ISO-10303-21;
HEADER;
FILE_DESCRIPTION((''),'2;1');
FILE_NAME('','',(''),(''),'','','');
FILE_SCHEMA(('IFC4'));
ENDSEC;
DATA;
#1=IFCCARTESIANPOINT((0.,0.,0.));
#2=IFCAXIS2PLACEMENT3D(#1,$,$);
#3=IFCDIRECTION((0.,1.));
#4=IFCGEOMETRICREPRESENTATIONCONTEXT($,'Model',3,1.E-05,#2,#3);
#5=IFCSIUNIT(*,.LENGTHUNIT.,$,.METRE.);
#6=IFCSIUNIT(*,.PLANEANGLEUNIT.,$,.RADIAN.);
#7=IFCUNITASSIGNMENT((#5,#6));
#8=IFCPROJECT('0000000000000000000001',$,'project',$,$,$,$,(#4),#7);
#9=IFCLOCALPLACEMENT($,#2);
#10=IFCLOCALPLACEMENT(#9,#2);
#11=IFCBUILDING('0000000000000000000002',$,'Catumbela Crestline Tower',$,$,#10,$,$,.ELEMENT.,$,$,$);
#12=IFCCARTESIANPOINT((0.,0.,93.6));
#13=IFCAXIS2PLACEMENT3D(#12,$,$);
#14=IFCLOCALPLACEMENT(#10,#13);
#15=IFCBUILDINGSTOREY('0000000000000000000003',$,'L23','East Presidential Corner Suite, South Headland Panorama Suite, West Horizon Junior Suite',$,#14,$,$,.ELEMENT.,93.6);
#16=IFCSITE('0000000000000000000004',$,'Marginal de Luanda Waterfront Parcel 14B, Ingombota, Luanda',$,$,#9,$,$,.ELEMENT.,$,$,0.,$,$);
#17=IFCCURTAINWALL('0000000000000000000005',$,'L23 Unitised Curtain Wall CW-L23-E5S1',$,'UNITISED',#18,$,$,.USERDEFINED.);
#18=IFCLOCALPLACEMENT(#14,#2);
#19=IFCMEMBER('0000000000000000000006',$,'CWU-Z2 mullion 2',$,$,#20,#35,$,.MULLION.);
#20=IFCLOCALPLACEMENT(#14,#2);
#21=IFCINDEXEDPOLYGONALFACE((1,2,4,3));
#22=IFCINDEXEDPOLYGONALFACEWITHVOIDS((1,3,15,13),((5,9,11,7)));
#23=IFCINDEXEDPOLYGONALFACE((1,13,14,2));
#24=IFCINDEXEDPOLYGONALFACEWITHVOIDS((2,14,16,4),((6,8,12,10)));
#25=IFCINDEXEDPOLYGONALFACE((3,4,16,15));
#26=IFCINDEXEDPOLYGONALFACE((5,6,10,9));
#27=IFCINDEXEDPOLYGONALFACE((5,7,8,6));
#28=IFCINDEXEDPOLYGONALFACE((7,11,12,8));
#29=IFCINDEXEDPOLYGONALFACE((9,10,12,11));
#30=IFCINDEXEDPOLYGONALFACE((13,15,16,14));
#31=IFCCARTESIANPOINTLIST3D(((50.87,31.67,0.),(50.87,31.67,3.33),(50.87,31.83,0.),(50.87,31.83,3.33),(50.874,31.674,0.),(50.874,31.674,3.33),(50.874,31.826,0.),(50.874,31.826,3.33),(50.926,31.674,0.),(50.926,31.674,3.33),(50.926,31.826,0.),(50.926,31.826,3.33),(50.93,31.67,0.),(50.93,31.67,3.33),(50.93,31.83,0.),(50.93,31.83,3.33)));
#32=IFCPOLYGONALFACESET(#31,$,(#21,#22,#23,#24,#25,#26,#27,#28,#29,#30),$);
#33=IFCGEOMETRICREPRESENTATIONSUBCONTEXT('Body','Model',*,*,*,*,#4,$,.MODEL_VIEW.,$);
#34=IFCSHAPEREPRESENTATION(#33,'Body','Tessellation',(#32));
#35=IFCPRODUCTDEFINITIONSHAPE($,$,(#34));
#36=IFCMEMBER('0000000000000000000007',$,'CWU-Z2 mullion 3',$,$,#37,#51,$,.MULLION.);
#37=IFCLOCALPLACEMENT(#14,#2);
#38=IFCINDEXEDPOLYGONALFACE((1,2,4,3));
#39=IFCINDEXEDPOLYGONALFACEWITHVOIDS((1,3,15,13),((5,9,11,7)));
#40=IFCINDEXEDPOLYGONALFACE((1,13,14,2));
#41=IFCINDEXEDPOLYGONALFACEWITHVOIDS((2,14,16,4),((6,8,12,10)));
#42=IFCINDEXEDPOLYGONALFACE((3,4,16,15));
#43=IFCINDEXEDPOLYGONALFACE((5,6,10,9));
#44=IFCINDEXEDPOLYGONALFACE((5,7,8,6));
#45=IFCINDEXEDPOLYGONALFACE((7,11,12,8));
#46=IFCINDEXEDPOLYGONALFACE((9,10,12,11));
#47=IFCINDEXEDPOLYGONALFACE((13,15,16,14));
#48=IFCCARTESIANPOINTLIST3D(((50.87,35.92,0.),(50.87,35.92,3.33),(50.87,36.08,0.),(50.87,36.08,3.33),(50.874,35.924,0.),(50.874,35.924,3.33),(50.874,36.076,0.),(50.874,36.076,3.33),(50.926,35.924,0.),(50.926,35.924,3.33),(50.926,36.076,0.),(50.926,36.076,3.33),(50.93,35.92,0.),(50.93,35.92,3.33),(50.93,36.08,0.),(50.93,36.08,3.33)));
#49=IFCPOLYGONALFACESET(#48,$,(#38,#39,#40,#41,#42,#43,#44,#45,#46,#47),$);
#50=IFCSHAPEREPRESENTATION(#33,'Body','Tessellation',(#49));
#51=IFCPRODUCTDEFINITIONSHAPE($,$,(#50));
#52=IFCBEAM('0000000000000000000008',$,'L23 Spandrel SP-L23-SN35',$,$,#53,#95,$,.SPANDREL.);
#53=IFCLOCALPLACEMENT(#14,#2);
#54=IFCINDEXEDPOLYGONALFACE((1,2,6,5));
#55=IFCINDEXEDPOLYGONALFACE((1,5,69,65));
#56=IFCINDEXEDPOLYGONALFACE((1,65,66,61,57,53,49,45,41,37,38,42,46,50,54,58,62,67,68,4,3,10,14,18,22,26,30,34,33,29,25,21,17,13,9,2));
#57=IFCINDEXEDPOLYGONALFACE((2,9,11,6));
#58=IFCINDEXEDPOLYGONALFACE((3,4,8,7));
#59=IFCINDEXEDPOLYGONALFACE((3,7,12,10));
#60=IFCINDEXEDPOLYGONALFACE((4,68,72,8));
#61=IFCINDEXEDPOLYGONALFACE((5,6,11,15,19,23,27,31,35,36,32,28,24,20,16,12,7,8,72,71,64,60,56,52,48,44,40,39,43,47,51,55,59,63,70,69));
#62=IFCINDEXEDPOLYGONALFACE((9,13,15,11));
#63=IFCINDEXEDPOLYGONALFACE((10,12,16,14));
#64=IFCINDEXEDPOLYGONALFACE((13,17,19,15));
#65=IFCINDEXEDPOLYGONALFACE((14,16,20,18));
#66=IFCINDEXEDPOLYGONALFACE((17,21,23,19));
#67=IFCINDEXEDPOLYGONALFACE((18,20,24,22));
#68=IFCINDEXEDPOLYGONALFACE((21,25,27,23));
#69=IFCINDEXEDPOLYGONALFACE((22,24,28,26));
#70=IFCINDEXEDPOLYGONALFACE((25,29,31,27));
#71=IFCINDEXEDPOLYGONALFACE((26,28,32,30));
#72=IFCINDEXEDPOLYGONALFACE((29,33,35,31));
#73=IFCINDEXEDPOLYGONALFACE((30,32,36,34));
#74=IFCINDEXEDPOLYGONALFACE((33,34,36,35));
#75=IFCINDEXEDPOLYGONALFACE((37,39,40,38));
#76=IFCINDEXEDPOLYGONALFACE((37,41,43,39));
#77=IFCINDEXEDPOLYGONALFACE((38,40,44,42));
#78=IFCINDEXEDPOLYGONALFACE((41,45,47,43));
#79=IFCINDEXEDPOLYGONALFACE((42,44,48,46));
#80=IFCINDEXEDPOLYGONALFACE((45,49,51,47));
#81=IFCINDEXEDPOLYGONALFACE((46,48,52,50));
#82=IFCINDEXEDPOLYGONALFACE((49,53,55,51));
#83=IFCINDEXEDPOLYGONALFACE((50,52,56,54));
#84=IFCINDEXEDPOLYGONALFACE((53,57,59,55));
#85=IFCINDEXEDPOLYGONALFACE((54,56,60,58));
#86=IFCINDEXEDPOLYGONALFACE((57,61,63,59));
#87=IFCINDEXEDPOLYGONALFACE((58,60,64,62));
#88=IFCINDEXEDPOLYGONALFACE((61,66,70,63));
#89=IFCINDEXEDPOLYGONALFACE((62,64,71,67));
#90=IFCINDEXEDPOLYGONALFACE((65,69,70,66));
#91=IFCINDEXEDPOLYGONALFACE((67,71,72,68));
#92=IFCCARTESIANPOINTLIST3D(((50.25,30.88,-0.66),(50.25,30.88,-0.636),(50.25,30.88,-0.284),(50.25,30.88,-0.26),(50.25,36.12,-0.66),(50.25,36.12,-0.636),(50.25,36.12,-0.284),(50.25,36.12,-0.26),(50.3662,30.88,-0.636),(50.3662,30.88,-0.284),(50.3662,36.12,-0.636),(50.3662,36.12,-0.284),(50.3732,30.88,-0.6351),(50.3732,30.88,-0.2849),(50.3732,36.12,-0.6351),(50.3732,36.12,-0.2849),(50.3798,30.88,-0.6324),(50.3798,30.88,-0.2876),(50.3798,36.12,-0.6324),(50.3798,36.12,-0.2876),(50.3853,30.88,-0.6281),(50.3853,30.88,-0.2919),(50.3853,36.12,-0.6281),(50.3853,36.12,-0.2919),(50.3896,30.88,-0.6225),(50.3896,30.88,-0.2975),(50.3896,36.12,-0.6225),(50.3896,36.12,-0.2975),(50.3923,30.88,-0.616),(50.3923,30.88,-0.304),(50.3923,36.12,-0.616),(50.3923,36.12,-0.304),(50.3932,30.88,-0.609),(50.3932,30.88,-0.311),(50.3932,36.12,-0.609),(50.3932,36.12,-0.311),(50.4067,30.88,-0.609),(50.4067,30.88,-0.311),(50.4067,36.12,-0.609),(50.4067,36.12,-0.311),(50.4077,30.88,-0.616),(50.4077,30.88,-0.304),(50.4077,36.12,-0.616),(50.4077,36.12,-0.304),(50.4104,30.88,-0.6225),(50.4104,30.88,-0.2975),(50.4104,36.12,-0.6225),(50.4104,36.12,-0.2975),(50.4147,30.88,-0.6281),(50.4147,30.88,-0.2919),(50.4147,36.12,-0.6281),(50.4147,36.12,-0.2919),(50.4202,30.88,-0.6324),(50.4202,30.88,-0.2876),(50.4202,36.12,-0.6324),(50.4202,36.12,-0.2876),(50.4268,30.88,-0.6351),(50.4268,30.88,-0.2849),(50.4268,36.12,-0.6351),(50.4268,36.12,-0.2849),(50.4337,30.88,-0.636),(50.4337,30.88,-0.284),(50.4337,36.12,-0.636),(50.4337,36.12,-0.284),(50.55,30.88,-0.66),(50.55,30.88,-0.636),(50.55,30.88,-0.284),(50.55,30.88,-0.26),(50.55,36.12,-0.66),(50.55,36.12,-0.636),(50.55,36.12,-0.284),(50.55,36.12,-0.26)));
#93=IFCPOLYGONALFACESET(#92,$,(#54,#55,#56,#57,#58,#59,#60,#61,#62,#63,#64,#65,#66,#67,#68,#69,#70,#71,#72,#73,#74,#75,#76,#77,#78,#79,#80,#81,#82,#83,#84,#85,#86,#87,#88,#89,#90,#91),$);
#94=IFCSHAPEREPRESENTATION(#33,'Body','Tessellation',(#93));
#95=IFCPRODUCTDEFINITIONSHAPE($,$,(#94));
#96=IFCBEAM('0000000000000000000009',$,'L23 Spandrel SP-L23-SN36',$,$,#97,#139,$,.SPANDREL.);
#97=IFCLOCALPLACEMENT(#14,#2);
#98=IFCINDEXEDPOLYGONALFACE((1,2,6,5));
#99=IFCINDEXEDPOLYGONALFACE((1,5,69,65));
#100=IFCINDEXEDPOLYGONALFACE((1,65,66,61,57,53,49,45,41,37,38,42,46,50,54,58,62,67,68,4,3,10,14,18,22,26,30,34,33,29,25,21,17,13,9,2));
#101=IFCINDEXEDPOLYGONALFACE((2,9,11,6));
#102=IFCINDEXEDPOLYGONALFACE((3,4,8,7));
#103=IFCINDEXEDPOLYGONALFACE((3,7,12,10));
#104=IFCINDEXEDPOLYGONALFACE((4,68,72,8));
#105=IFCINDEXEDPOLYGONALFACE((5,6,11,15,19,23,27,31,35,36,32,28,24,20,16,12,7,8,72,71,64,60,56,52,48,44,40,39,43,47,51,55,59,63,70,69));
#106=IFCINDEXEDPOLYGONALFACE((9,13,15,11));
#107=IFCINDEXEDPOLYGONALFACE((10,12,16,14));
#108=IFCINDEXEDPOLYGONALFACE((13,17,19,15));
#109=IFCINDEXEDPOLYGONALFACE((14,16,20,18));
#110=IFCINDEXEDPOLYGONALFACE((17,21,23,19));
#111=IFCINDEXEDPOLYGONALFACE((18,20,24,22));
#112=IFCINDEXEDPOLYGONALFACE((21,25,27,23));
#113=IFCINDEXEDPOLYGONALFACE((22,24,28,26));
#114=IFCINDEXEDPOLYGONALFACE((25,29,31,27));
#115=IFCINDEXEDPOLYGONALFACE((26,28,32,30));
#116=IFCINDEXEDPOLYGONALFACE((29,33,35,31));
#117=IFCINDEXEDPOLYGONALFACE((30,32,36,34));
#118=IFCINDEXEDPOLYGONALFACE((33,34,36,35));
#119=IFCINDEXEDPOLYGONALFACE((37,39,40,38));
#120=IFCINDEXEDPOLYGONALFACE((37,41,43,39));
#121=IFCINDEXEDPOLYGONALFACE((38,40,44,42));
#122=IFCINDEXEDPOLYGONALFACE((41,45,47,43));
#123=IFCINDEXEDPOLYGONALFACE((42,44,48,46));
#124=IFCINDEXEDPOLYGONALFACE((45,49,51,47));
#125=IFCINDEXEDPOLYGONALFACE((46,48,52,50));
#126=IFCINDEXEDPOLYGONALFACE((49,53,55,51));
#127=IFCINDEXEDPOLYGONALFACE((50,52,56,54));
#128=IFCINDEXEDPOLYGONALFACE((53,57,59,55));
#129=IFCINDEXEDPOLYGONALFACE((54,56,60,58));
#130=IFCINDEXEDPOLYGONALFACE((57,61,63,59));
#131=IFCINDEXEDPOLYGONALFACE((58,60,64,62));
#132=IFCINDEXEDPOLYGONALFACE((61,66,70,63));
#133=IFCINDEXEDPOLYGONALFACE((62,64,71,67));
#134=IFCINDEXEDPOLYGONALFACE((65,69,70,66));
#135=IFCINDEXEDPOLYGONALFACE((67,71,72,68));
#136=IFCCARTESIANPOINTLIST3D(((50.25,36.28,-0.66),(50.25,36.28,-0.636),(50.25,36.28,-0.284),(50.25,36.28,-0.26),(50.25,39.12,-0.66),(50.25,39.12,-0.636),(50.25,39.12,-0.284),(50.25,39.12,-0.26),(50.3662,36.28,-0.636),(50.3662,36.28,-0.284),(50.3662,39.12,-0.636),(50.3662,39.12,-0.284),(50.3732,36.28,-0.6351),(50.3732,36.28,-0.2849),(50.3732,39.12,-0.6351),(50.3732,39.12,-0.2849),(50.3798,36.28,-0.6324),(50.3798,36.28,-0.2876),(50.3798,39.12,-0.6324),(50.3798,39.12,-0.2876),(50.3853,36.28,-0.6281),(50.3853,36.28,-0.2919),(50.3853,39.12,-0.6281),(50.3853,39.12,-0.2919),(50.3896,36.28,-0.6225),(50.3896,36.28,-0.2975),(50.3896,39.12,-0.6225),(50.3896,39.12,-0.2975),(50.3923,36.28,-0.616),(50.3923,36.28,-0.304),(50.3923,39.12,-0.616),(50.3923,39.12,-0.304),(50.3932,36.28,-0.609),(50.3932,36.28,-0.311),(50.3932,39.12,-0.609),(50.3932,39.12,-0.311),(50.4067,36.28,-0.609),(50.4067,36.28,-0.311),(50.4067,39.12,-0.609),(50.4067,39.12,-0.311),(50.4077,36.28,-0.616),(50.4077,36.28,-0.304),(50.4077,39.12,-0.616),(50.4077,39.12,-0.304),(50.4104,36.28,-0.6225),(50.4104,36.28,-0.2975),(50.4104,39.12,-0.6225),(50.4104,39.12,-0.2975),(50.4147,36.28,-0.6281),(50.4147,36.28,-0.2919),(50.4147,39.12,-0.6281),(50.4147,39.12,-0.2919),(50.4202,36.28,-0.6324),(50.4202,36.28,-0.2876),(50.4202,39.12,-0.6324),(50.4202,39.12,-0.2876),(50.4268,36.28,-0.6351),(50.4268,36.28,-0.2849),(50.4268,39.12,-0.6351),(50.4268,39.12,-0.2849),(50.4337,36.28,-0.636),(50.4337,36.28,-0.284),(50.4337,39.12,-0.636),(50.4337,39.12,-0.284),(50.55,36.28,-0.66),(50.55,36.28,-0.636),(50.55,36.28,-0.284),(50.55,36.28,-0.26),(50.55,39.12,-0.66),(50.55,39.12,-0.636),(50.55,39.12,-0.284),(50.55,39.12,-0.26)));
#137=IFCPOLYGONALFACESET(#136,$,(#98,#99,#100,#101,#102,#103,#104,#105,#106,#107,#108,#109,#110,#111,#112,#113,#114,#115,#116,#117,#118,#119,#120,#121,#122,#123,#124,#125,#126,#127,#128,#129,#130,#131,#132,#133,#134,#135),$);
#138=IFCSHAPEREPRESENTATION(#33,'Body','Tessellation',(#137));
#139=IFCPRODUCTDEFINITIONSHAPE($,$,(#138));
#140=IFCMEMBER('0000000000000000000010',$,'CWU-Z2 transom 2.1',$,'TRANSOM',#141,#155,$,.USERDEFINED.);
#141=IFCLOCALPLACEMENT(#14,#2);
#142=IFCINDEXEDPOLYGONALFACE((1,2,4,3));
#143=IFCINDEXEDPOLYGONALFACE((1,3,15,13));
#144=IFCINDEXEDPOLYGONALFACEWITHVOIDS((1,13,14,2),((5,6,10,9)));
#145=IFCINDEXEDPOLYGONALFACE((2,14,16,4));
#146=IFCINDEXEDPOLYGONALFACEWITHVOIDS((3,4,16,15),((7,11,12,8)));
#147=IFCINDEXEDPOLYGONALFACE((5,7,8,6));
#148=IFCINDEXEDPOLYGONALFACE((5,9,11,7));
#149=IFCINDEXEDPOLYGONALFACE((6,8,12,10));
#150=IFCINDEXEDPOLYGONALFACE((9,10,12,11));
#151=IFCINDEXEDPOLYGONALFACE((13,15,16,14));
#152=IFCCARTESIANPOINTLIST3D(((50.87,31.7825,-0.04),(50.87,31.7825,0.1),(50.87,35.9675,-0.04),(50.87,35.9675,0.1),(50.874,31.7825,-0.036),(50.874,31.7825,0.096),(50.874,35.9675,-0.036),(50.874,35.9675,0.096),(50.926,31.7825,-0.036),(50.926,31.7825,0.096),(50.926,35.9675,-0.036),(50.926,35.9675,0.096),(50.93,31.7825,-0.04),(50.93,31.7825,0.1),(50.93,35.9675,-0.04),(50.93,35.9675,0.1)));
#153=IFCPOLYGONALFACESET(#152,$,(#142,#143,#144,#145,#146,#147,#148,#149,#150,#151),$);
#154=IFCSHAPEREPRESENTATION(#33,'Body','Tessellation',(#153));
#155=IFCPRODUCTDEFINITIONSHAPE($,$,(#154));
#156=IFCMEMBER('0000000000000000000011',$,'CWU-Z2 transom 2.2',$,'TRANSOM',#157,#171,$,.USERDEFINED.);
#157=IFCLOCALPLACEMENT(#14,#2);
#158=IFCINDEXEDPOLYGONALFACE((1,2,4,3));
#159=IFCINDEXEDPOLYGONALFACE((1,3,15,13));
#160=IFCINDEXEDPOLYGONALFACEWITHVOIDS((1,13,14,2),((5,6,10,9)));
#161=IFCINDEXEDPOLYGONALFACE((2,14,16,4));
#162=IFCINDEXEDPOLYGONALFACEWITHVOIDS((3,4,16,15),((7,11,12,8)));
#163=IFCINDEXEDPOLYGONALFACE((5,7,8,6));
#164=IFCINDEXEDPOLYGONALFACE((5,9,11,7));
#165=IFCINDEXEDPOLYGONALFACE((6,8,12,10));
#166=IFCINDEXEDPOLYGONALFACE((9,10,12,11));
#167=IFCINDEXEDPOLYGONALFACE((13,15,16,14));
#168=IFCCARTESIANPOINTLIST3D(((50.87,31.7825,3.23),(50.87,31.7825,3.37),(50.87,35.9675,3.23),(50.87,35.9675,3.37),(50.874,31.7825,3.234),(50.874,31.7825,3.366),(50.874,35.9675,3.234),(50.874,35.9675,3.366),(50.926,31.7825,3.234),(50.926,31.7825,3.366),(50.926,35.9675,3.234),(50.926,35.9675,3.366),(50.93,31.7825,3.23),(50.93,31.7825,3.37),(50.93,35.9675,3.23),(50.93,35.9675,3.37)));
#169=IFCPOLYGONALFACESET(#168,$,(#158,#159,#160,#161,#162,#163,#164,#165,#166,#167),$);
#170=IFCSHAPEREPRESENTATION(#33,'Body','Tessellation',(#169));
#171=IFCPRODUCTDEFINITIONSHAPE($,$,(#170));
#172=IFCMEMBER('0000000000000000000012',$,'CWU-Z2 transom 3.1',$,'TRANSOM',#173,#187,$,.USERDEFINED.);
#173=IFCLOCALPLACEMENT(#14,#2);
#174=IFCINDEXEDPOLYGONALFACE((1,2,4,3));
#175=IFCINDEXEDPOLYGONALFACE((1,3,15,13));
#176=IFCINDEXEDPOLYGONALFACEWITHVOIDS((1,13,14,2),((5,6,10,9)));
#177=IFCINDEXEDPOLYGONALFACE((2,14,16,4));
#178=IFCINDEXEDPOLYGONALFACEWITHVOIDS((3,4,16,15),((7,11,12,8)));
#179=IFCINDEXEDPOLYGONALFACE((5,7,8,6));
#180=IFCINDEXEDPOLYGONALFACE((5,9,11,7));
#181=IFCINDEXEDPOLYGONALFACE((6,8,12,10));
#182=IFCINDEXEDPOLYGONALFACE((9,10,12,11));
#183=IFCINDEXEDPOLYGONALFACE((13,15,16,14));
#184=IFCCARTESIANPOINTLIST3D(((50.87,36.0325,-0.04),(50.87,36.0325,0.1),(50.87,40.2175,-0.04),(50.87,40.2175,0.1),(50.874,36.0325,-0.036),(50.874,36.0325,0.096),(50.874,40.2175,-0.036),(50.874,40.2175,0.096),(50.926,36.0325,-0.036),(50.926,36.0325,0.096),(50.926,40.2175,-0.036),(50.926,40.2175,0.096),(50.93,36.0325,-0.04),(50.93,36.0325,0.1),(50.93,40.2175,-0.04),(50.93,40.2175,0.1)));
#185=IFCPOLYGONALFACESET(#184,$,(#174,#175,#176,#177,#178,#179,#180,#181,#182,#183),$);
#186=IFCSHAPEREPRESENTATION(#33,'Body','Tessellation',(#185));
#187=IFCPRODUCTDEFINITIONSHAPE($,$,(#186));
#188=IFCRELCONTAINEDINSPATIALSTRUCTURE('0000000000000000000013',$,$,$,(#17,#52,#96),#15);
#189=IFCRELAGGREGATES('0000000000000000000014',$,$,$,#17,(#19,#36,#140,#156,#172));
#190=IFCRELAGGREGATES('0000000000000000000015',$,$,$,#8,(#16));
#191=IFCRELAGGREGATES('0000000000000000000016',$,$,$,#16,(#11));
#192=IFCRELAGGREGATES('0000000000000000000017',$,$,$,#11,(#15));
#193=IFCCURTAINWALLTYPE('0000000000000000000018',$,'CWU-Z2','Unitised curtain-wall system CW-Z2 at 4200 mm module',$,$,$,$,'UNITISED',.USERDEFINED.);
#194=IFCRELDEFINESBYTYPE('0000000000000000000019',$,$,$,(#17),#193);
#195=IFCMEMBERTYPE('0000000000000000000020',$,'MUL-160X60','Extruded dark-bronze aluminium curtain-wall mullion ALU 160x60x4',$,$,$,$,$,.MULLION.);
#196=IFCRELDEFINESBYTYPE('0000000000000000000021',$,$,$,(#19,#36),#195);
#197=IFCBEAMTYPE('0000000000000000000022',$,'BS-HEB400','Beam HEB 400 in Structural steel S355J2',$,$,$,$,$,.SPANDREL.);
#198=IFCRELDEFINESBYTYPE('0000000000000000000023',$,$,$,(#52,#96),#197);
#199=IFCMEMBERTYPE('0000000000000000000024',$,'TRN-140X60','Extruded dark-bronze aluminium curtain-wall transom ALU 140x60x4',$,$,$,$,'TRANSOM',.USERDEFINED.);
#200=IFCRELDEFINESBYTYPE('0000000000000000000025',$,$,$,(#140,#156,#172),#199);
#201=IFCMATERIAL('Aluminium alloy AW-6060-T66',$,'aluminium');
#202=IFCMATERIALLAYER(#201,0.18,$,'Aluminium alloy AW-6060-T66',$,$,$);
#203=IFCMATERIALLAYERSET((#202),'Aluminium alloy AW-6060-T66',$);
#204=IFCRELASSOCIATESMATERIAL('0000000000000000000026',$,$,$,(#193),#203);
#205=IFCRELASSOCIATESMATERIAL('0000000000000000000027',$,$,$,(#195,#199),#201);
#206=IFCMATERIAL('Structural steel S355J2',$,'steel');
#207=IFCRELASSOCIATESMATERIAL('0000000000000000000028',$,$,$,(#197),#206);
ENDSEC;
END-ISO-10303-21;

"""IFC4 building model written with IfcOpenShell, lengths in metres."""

from ifc_helpers import new_model, si_unit, direction, frame, origin, origin_2d, place, context, subcontext, project, spatial, hollow_rectangle, i_section, extrude, material, layer, layer_set, material_profile, profile_set, type_object, element, aggregate, save


model = new_model("IFC4")

# Units and contexts
model_context = context("Model", 3, precision=1e-05, world=origin(), true_north=direction((0.0, 1.0)))
body_context = subcontext(model_context, "Body", "Model", "MODEL_VIEW")
ifc_project = project(units=[si_unit("LENGTHUNIT", "METRE"), si_unit("PLANEANGLEUNIT", "RADIAN")], contexts=[model_context])

# Site, building, storey
site_placement = place(None, origin())
site = spatial("IfcSite", under=ifc_project, at=site_placement, Name="Marginal de Luanda Waterfront Parcel 14B, Ingombota, Luanda", CompositionType="ELEMENT", RefElevation=0.0)
building_placement = place(site_placement, origin())
building = spatial("IfcBuilding", under=site, at=building_placement, Name="Catumbela Crestline Tower", CompositionType="ELEMENT")
storey_placement = place(building_placement, frame((0.0, 0.0, 93.6)))
storey = spatial("IfcBuildingStorey", under=building, at=storey_placement, Name="L23", Description="East Presidential Corner Suite, South Headland Panorama Suite, West Horizon Junior Suite", CompositionType="ELEMENT", Elevation=93.6)

# Shared definitions
ifc_material_1 = material(Name="Structural steel S355J2", Category="steel")

# Curtain wall, members
ifc_material_2 = material(Name="Aluminium alloy AW-6060-T66", Category="aluminium")
ifc_layer_1 = layer(ifc_material_2, 0.18, Name="Aluminium alloy AW-6060-T66")
ifc_layer_set_1 = layer_set([ifc_layer_1], Name="Aluminium alloy AW-6060-T66")
curtain_wall_type = type_object("IfcCurtainWallType", Name="CWU-Z2", Description="Unitised curtain-wall system CW-Z2 at 4200 mm module", ElementType="UNITISED", PredefinedType="USERDEFINED", material=ifc_layer_set_1)
curtain_wall_placement = place(storey_placement, origin())
curtain_wall = element("IfcCurtainWall", 1, at=curtain_wall_placement, inside=storey, type_object=curtain_wall_type, Name="L23 Unitised Curtain Wall CW-L23-E5S1", ObjectType="UNITISED", PredefinedType="USERDEFINED")
ifc_material_profile_1 = material_profile(ifc_material_2, hollow_rectangle(XDim=0.06, YDim=0.16, WallThickness=0.004, at=origin_2d()), Name="ALU 160x60x4")
ifc_profile_set_1 = profile_set([ifc_material_profile_1], Name="Aluminium alloy AW-6060-T66")
member_type_1 = type_object("IfcMemberType", Name="MUL-160X60", Description="Extruded dark-bronze aluminium curtain-wall mullion ALU 160x60x4", PredefinedType="MULLION", material=ifc_profile_set_1)
member_1_placement = place(storey_placement, frame((50.9, 31.75, 0.0), z_axis=(0.0, 0.0, 1.0), x_axis=(-1.0, 0.0, 0.0)))
member_1 = element("IfcMember", 2, at=member_1_placement, type_object=member_type_1, Name="CWU-Z2 mullion 2", PredefinedType="MULLION", context=body_context, shape_type="SweptSolid", body=[
    extrude(hollow_rectangle(XDim=0.06, YDim=0.16, WallThickness=0.004, at=origin_2d()), origin(), (0.0, 0.0, 1.0), 3.33),
])
member_2_placement = place(storey_placement, frame((50.9, 36.0, 0.0), z_axis=(0.0, 0.0, 1.0), x_axis=(-1.0, 0.0, 0.0)))
member_2 = element("IfcMember", 3, at=member_2_placement, type_object=member_type_1, Name="CWU-Z2 mullion 3", PredefinedType="MULLION", context=body_context, shape_type="SweptSolid", body=[
    extrude(hollow_rectangle(XDim=0.06, YDim=0.16, WallThickness=0.004, at=origin_2d()), origin(), (0.0, 0.0, 1.0), 3.33),
])

# Beams
ifc_material_profile_2 = material_profile(ifc_material_1, i_section(OverallWidth=0.3, OverallDepth=0.4, WebThickness=0.0135, FlangeThickness=0.024, FilletRadius=0.027, at=origin_2d()), Name="HEB 400")
ifc_profile_set_2 = profile_set([ifc_material_profile_2], Name="Structural steel S355J2")
beam_type_1 = type_object("IfcBeamType", Name="BS-HEB400", Description="Beam HEB 400 in Structural steel S355J2", PredefinedType="SPANDREL", material=ifc_profile_set_2)
beam_1_placement = place(storey_placement, frame((50.4, 30.88, -0.46), z_axis=(0.0, 1.0, 0.0), x_axis=(-1.0, 0.0, 0.0)))
element("IfcBeam", 4, at=beam_1_placement, inside=storey, type_object=beam_type_1, Name="L23 Spandrel SP-L23-SN35", PredefinedType="SPANDREL", context=body_context, shape_type="SweptSolid", body=[
    extrude(i_section(OverallWidth=0.3, OverallDepth=0.4, WebThickness=0.0135, FlangeThickness=0.024, FilletRadius=0.027, at=origin_2d()), origin(), (0.0, 0.0, 1.0), 5.24),
])
beam_2_placement = place(storey_placement, frame((50.4, 36.28, -0.46), z_axis=(0.0, 1.0, 0.0), x_axis=(-1.0, 0.0, 0.0)))
element("IfcBeam", 5, at=beam_2_placement, inside=storey, type_object=beam_type_1, Name="L23 Spandrel SP-L23-SN36", PredefinedType="SPANDREL", context=body_context, shape_type="SweptSolid", body=[
    extrude(i_section(OverallWidth=0.3, OverallDepth=0.4, WebThickness=0.0135, FlangeThickness=0.024, FilletRadius=0.027, at=origin_2d()), origin(), (0.0, 0.0, 1.0), 2.84),
])

# Members
ifc_material_profile_3 = material_profile(ifc_material_2, hollow_rectangle(XDim=0.06, YDim=0.14, WallThickness=0.004, at=origin_2d()), Name="ALU 140x60x4")
ifc_profile_set_3 = profile_set([ifc_material_profile_3], Name="Aluminium alloy AW-6060-T66")
member_type_2 = type_object("IfcMemberType", Name="TRN-140X60", Description="Extruded dark-bronze aluminium curtain-wall transom ALU 140x60x4", ElementType="TRANSOM", PredefinedType="USERDEFINED", material=ifc_profile_set_3)
member_3_placement = place(storey_placement, frame((50.9, 31.7825, 0.03), z_axis=(0.0, 1.0, 0.0), x_axis=(-1.0, 0.0, 0.0)))
member_3 = element("IfcMember", 6, at=member_3_placement, type_object=member_type_2, Name="CWU-Z2 transom 2.1", ObjectType="TRANSOM", PredefinedType="USERDEFINED", context=body_context, shape_type="SweptSolid", body=[
    extrude(hollow_rectangle(XDim=0.06, YDim=0.14, WallThickness=0.004, at=origin_2d()), origin(), (0.0, 0.0, 1.0), 4.185),
])
member_4_placement = place(storey_placement, frame((50.9, 31.7825, 3.3), z_axis=(0.0, 1.0, 0.0), x_axis=(-1.0, 0.0, 0.0)))
member_4 = element("IfcMember", 7, at=member_4_placement, type_object=member_type_2, Name="CWU-Z2 transom 2.2", ObjectType="TRANSOM", PredefinedType="USERDEFINED", context=body_context, shape_type="SweptSolid", body=[
    extrude(hollow_rectangle(XDim=0.06, YDim=0.14, WallThickness=0.004, at=origin_2d()), origin(), (0.0, 0.0, 1.0), 4.185),
])
member_5_placement = place(storey_placement, frame((50.9, 36.0325, 0.03), z_axis=(0.0, 1.0, 0.0), x_axis=(-1.0, 0.0, 0.0)))
member_5 = element("IfcMember", 8, at=member_5_placement, type_object=member_type_2, Name="CWU-Z2 transom 3.1", ObjectType="TRANSOM", PredefinedType="USERDEFINED", context=body_context, shape_type="SweptSolid", body=[
    extrude(hollow_rectangle(XDim=0.06, YDim=0.14, WallThickness=0.004, at=origin_2d()), origin(), (0.0, 0.0, 1.0), 4.185),
])

aggregate(curtain_wall, [member_1, member_2, member_3, member_4, member_5])

save(model, "model.ifc")
